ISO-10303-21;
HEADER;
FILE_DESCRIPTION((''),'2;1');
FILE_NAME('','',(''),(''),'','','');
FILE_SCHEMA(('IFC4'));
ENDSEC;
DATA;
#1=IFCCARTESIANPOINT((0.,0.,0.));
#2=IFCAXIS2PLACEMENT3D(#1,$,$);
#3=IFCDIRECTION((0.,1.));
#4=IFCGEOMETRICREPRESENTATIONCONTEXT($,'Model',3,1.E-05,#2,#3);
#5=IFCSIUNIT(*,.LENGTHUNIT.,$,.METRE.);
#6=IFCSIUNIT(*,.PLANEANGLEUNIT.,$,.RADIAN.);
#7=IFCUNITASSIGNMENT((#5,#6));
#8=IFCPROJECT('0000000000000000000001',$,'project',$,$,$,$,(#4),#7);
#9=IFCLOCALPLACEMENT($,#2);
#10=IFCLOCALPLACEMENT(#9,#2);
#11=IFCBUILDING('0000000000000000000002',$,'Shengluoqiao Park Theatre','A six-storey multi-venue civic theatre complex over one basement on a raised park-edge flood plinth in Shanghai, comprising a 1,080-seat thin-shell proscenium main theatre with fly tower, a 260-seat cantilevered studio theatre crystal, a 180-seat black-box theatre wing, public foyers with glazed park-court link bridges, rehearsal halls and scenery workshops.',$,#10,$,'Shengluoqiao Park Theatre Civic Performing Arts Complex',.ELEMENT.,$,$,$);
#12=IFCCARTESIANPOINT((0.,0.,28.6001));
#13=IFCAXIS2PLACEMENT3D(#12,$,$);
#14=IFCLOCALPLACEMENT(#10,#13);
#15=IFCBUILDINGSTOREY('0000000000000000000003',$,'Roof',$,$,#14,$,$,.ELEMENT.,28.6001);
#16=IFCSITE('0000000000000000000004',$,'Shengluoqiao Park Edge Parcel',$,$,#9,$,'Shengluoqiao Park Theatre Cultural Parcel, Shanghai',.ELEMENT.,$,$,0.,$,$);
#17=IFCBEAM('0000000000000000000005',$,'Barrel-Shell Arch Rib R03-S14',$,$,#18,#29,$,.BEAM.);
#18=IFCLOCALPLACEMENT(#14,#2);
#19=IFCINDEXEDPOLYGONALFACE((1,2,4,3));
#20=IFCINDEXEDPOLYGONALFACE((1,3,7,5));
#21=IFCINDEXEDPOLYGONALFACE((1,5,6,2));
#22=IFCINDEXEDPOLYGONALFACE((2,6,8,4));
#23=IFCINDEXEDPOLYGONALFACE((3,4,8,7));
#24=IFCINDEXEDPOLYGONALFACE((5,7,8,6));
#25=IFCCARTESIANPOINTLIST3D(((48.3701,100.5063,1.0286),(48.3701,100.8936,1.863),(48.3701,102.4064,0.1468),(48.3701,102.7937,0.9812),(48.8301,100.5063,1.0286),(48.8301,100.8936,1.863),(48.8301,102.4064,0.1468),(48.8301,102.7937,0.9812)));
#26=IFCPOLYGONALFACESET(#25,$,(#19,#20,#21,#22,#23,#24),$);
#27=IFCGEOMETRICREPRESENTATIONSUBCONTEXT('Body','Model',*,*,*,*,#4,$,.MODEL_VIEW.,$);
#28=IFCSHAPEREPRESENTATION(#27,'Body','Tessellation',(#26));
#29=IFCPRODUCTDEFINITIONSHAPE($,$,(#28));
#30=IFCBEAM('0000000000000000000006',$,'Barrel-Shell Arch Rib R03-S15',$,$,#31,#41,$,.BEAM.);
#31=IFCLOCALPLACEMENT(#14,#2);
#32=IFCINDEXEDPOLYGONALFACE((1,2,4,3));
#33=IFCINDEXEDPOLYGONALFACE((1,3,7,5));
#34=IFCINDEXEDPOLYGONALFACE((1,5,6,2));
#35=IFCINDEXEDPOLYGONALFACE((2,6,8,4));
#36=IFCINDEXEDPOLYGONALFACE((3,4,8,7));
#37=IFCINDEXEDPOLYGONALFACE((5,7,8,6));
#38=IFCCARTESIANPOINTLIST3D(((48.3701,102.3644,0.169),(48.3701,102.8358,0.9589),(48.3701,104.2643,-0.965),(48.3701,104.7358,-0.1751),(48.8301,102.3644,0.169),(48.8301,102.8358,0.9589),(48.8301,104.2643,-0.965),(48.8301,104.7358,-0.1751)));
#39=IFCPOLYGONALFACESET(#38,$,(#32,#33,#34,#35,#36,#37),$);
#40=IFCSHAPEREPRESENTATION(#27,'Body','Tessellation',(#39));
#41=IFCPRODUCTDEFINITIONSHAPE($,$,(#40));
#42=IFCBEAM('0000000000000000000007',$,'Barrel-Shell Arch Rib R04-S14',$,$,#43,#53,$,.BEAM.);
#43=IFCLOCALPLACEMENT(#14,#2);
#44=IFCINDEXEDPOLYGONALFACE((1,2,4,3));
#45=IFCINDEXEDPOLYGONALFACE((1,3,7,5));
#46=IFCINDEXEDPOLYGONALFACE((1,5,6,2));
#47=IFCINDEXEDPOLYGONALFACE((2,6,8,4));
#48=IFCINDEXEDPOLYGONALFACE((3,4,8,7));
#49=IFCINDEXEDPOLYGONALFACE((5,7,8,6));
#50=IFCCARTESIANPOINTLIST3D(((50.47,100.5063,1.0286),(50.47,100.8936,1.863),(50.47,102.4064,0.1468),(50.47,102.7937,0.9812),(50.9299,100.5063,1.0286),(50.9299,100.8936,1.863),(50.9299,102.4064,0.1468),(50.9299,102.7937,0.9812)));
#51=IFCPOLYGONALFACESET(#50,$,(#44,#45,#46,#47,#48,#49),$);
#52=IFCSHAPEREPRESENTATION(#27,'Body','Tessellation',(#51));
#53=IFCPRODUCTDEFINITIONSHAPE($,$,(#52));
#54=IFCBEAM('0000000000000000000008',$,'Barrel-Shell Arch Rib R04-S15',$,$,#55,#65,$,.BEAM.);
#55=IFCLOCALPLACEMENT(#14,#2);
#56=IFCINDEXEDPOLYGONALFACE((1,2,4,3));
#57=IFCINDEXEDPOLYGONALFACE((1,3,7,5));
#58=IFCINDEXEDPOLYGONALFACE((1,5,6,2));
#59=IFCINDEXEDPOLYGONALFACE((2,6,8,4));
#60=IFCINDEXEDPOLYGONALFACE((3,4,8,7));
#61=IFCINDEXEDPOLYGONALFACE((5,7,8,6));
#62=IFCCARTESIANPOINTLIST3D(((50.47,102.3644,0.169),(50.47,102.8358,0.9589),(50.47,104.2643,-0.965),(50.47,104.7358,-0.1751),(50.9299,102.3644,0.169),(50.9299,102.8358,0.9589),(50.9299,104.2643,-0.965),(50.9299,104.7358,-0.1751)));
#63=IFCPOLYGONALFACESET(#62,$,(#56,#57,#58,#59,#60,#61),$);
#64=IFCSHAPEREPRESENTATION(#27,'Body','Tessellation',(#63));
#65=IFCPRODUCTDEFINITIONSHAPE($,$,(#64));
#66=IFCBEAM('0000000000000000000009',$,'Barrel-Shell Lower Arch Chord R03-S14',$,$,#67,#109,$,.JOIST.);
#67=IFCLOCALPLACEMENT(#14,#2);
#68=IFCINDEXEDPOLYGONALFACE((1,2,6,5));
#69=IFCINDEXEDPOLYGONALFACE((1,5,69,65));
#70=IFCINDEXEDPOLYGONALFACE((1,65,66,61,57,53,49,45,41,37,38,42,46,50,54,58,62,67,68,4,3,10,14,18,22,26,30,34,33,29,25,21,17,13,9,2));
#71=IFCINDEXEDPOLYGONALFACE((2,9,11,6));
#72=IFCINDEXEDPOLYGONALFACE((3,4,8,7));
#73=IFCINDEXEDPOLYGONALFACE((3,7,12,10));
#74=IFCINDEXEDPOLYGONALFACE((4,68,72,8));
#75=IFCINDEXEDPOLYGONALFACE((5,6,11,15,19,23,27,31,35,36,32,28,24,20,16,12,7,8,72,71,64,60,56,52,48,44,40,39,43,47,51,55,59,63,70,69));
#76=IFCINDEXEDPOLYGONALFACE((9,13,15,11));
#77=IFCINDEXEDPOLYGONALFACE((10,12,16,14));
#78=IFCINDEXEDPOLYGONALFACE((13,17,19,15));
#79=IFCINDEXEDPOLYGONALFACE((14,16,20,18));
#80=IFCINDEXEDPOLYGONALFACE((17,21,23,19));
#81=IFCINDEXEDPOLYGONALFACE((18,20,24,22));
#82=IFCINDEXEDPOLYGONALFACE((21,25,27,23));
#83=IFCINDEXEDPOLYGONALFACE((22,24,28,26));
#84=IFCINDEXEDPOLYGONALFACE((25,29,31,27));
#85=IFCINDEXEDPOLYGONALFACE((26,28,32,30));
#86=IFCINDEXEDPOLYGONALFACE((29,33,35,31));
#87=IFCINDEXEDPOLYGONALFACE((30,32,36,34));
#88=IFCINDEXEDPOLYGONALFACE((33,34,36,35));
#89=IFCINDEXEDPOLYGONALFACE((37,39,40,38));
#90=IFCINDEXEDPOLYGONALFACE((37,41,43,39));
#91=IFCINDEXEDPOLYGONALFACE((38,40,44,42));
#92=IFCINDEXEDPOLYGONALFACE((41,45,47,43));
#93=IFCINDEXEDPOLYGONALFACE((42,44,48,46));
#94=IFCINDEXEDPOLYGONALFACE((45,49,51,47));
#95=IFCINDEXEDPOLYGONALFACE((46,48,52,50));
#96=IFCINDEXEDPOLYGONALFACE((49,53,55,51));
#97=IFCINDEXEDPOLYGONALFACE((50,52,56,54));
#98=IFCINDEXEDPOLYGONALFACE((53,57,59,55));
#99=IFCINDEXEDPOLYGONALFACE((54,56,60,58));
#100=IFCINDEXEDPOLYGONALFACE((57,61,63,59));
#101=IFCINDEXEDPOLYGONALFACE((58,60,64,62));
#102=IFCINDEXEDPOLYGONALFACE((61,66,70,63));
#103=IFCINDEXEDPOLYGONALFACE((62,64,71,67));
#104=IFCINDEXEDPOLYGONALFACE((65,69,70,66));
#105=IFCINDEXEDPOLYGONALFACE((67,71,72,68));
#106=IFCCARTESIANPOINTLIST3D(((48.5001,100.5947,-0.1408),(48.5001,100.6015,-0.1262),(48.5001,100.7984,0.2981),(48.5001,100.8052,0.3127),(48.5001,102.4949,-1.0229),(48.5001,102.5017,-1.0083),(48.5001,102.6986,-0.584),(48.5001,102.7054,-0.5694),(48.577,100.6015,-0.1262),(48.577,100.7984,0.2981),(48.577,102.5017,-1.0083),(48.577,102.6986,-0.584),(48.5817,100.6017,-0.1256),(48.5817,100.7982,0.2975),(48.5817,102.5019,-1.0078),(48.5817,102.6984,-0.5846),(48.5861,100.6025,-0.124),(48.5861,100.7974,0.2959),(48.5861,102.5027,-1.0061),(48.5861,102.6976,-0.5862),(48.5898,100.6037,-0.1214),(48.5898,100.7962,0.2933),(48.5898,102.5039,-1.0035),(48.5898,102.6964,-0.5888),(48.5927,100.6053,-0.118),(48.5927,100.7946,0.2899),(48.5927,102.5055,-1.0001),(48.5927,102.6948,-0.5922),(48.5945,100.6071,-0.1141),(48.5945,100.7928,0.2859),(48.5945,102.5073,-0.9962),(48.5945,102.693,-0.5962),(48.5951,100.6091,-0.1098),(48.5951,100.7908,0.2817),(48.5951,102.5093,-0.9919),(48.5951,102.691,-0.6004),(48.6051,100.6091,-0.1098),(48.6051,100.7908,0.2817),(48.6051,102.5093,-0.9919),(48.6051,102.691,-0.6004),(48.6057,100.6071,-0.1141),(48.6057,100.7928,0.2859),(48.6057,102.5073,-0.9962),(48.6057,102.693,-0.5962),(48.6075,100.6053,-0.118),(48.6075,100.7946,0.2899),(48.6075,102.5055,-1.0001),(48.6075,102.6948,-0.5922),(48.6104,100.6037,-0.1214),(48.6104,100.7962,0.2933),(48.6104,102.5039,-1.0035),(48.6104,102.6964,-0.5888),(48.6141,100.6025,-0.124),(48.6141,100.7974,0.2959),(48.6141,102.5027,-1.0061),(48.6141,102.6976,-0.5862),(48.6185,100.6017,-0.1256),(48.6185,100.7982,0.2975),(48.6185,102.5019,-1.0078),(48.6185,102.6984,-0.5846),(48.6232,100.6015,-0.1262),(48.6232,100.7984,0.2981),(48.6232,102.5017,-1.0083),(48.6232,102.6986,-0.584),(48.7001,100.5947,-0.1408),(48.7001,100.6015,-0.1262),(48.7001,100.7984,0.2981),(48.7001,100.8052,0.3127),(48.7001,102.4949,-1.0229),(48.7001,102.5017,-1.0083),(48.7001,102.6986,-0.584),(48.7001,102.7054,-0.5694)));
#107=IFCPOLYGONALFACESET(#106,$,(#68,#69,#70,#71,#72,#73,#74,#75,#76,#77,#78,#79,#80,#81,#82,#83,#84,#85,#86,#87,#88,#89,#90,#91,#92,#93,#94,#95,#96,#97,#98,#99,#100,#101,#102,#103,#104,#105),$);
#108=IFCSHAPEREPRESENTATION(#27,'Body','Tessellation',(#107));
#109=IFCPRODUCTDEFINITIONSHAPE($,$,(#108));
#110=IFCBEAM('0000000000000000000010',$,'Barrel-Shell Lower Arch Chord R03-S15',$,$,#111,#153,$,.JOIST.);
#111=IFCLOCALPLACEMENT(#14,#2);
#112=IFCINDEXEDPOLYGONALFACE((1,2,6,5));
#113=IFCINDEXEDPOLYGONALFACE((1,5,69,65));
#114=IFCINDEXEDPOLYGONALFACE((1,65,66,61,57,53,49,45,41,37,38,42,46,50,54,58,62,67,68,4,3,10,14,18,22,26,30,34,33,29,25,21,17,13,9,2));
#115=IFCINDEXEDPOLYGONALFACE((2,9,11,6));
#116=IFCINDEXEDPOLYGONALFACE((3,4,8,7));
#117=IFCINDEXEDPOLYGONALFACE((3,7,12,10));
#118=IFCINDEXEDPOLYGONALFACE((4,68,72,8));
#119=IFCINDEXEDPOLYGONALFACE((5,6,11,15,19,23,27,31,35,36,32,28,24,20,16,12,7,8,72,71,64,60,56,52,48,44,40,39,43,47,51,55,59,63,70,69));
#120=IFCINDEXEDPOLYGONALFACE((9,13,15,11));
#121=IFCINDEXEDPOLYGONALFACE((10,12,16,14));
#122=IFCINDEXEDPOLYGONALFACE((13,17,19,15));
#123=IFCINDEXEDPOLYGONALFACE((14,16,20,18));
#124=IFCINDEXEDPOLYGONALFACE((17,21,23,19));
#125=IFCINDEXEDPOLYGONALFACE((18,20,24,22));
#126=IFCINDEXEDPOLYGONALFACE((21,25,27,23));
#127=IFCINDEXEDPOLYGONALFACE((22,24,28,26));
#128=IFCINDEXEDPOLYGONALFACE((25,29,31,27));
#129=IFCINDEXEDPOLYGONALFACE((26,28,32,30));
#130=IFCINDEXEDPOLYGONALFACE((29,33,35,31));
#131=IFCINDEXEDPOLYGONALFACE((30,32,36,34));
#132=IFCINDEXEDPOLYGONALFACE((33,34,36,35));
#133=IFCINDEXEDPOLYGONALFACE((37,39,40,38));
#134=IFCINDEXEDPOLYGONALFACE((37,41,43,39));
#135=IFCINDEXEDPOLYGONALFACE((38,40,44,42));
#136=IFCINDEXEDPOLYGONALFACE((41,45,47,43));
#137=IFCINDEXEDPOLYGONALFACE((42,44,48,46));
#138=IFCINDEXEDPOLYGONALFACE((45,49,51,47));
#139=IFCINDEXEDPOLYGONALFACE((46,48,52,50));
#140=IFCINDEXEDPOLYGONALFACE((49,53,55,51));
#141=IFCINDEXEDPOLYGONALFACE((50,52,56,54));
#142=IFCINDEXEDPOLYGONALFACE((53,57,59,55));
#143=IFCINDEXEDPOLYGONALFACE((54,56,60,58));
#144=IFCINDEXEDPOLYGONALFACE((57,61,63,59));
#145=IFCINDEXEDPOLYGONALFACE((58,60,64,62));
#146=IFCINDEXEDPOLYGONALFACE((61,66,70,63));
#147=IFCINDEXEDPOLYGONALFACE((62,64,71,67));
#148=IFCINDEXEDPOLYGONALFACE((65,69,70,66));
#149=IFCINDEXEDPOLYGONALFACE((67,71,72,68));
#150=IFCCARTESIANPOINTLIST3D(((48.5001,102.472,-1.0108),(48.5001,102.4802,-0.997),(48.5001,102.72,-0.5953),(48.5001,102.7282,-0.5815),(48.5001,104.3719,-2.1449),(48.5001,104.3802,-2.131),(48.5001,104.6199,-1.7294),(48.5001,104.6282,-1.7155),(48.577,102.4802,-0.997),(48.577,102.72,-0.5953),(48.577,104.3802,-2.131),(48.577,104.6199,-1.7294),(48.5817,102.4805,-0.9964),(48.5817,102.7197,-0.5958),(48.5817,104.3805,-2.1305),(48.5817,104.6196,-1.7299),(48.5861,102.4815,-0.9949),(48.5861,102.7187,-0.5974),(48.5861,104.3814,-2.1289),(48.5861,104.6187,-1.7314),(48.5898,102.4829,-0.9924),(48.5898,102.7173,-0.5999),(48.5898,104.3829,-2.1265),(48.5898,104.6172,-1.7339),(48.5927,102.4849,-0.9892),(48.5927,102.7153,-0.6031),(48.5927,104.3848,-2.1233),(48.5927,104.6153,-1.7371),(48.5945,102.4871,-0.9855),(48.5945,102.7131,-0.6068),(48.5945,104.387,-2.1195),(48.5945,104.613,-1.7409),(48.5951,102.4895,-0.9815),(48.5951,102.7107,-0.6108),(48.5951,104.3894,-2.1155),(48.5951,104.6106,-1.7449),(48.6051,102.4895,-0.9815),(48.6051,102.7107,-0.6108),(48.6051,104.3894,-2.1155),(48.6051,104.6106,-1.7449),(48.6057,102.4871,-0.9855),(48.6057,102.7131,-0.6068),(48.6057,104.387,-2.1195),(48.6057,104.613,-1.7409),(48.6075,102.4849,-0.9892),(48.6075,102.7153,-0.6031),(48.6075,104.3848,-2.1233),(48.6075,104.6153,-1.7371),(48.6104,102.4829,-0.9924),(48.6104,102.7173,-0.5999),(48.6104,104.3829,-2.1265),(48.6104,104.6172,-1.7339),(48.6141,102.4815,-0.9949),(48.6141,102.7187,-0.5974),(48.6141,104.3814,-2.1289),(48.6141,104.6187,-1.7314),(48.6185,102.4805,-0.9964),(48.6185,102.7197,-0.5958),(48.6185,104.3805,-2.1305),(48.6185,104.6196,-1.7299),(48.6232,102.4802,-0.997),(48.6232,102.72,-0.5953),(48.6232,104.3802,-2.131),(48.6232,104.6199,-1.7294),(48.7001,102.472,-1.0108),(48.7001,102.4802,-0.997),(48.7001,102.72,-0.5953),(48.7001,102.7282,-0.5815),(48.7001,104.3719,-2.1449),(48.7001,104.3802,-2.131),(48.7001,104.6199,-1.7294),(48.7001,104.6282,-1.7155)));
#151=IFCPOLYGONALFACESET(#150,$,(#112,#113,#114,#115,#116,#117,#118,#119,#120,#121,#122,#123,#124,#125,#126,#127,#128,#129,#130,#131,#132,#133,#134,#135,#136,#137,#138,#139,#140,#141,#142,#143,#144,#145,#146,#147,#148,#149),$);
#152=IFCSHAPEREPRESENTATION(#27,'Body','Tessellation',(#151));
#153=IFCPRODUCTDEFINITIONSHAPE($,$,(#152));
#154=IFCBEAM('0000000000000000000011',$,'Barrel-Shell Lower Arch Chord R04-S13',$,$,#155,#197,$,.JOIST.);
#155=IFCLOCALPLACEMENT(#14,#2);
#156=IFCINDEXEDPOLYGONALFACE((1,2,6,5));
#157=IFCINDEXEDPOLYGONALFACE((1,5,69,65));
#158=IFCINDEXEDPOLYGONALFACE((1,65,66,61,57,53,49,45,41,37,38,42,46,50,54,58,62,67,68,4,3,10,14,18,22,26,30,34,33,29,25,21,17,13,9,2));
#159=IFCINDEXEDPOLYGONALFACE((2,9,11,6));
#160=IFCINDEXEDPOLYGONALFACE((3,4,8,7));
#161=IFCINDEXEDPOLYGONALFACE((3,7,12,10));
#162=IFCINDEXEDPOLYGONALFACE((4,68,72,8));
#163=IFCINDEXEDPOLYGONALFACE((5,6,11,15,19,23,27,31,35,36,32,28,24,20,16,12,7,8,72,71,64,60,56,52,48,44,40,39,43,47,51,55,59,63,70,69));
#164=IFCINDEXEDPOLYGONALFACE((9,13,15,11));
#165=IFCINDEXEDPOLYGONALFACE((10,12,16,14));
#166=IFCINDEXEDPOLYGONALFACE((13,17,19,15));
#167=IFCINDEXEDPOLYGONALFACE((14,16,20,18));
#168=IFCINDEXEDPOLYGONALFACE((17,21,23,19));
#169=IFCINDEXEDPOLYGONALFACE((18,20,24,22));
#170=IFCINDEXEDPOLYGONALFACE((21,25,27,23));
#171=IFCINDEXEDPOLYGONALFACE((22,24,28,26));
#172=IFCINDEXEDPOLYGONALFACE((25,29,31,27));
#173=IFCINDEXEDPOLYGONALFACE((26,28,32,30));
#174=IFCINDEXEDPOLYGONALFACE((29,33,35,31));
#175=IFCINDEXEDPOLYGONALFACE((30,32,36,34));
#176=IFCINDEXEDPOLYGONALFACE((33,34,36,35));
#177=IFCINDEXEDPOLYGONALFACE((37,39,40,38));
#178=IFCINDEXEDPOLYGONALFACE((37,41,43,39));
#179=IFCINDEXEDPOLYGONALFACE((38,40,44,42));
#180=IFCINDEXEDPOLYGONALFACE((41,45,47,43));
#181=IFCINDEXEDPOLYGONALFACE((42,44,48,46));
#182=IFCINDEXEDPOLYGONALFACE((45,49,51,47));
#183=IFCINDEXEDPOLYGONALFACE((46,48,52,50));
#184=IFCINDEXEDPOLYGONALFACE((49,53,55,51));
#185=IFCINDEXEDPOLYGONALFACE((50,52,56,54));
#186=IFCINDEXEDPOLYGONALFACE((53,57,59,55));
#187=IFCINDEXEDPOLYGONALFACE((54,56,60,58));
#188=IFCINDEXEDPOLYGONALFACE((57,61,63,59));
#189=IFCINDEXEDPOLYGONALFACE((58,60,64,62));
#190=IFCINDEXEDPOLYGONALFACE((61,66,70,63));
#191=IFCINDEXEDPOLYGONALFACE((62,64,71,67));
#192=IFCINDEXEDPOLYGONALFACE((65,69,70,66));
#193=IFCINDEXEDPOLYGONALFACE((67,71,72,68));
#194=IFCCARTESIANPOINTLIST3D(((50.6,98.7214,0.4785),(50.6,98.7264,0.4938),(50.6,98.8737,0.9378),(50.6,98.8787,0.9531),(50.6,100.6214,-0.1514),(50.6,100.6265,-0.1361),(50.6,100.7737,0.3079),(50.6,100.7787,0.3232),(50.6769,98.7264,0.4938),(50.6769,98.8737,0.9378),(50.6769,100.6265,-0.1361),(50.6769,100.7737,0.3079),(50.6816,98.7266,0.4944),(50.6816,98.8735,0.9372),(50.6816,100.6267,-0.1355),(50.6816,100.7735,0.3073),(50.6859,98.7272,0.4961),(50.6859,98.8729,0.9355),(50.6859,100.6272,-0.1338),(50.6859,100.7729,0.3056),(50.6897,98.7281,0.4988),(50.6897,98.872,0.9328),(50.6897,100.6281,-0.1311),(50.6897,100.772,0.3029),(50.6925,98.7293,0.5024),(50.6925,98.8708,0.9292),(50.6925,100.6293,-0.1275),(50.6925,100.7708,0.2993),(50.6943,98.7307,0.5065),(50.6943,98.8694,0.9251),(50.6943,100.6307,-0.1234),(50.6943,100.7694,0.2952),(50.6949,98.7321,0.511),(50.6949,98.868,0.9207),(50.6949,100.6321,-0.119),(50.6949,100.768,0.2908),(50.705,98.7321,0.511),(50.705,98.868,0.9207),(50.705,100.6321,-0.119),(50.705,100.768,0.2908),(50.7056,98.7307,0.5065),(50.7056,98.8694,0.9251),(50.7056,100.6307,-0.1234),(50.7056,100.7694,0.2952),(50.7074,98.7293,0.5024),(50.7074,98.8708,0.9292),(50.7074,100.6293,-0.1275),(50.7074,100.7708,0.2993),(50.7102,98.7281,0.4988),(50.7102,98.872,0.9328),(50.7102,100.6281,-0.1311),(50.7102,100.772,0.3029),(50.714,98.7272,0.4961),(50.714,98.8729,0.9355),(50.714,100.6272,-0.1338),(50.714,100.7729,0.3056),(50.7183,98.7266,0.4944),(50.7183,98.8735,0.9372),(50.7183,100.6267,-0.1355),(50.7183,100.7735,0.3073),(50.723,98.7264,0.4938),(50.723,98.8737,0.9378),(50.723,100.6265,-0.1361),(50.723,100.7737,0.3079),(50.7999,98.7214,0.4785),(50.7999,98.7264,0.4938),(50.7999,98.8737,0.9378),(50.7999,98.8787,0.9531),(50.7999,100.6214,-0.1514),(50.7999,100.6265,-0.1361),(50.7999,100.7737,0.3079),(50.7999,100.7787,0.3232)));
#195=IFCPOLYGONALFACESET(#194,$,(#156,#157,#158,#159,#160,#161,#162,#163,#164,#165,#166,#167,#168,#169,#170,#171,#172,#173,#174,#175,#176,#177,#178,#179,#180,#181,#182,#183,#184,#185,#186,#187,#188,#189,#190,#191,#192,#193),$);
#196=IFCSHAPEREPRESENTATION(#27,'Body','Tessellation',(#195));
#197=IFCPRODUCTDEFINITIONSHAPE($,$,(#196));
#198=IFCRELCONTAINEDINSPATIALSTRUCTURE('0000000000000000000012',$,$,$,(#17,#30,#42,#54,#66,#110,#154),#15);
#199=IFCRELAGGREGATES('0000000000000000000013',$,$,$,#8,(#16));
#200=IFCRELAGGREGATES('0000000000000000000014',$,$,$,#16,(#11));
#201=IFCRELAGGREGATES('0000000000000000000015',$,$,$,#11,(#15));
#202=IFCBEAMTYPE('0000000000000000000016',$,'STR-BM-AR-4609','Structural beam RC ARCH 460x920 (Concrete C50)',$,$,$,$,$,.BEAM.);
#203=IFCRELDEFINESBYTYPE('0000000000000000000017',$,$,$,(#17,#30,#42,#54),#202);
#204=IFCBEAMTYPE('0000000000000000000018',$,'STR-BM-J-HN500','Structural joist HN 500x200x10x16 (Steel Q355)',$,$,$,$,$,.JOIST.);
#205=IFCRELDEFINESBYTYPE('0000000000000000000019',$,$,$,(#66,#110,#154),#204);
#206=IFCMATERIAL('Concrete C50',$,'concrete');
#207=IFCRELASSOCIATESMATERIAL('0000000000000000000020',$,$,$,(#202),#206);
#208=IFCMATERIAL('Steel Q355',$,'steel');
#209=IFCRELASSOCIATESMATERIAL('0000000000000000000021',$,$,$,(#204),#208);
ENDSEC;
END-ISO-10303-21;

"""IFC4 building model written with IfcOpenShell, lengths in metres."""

from ifc_helpers import new_model, si_unit, direction, frame, origin, origin_2d, place, context, subcontext, project, spatial, rectangle, i_section, extrude, material, material_profile, profile_set, type_object, element, save


model = new_model("IFC4")

# Units and contexts
model_context = context("Model", 3, precision=1e-05, world=origin(), true_north=direction((0.0, 1.0)))
body_context = subcontext(model_context, "Body", "Model", "MODEL_VIEW")
ifc_project = project(units=[si_unit("LENGTHUNIT", "METRE"), si_unit("PLANEANGLEUNIT", "RADIAN")], contexts=[model_context])

# Site, building, storey
site_placement = place(None, origin())
site = spatial("IfcSite", under=ifc_project, at=site_placement, Name="Shengluoqiao Park Edge Parcel", LongName="Shengluoqiao Park Theatre Cultural Parcel, Shanghai", CompositionType="ELEMENT", RefElevation=0.0)
building_placement = place(site_placement, origin())
building = spatial("IfcBuilding", under=site, at=building_placement, Name="Shengluoqiao Park Theatre", Description="A six-storey multi-venue civic theatre complex over one basement on a raised park-edge flood plinth in Shanghai, comprising a 1,080-seat thin-shell proscenium main theatre with fly tower, a 260-seat cantilevered studio theatre crystal, a 180-seat black-box theatre wing, public foyers with glazed park-court link bridges, rehearsal halls and scenery workshops.", LongName="Shengluoqiao Park Theatre Civic Performing Arts Complex", CompositionType="ELEMENT")
storey_placement = place(building_placement, frame((0.0, 0.0, 28.6001)))
storey = spatial("IfcBuildingStorey", under=building, at=storey_placement, Name="Roof", CompositionType="ELEMENT", Elevation=28.6001)

# Beams
ifc_material_1 = material(Name="Concrete C50", Category="concrete")
ifc_material_profile_1 = material_profile(ifc_material_1, rectangle(XDim=0.46, YDim=0.9199, at=origin_2d()), Name="RC ARCH 460x920")
ifc_profile_set_1 = profile_set([ifc_material_profile_1], Name="Concrete C50")
beam_type_1 = type_object("IfcBeamType", Name="STR-BM-AR-4609", Description="Structural beam RC ARCH 460x920 (Concrete C50)", PredefinedType="BEAM", material=ifc_profile_set_1)
beam_1_placement = place(storey_placement, frame((48.6001, 100.7, 1.4458), z_axis=(0.0, 0.907077, -0.420964), x_axis=(-1.0, 0.0, 0.0)))
element("IfcBeam", 1, at=beam_1_placement, inside=storey, type_object=beam_type_1, Name="Barrel-Shell Arch Rib R03-S14", PredefinedType="BEAM", context=body_context, shape_type="SweptSolid", body=[
    extrude(rectangle(XDim=0.46, YDim=0.9199, at=origin_2d()), origin(), (0.0, 0.0, 1.0), 2.0947),
])
beam_2_placement = place(storey_placement, frame((48.6001, 102.6001, 0.564), z_axis=(0.0, 0.858669, -0.512531), x_axis=(-1.0, 0.0, 0.0)))
element("IfcBeam", 2, at=beam_2_placement, inside=storey, type_object=beam_type_1, Name="Barrel-Shell Arch Rib R03-S15", PredefinedType="BEAM", context=body_context, shape_type="SweptSolid", body=[
    extrude(rectangle(XDim=0.46, YDim=0.9199, at=origin_2d()), origin(), (0.0, 0.0, 1.0), 2.2126),
])
beam_3_placement = place(storey_placement, frame((50.7, 100.7, 1.4458), z_axis=(0.0, 0.907077, -0.420964), x_axis=(-1.0, 0.0, 0.0)))
element("IfcBeam", 3, at=beam_3_placement, inside=storey, type_object=beam_type_1, Name="Barrel-Shell Arch Rib R04-S14", PredefinedType="BEAM", context=body_context, shape_type="SweptSolid", body=[
    extrude(rectangle(XDim=0.46, YDim=0.9199, at=origin_2d()), origin(), (0.0, 0.0, 1.0), 2.0947),
])
beam_4_placement = place(storey_placement, frame((50.7, 102.6001, 0.564), z_axis=(0.0, 0.858669, -0.512531), x_axis=(-1.0, 0.0, 0.0)))
element("IfcBeam", 4, at=beam_4_placement, inside=storey, type_object=beam_type_1, Name="Barrel-Shell Arch Rib R04-S15", PredefinedType="BEAM", context=body_context, shape_type="SweptSolid", body=[
    extrude(rectangle(XDim=0.46, YDim=0.9199, at=origin_2d()), origin(), (0.0, 0.0, 1.0), 2.2126),
])
ifc_material_2 = material(Name="Steel Q355", Category="steel")
ifc_material_profile_2 = material_profile(ifc_material_2, i_section(OverallWidth=0.2, OverallDepth=0.5, WebThickness=0.01, FlangeThickness=0.0161, FilletRadius=0.0181, at=origin_2d()), Name="HN 500x200x10x16")
ifc_profile_set_2 = profile_set([ifc_material_profile_2], Name="Steel Q355")
beam_type_2 = type_object("IfcBeamType", Name="STR-BM-J-HN500", Description="Structural joist HN 500x200x10x16 (Steel Q355)", PredefinedType="JOIST", material=ifc_profile_set_2)
beam_5_placement = place(storey_placement, frame((48.6001, 100.7, 0.0859), z_axis=(0.0, 0.907033, -0.42106), x_axis=(-1.0, 0.0, 0.0)))
element("IfcBeam", 5, at=beam_5_placement, inside=storey, type_object=beam_type_2, Name="Barrel-Shell Lower Arch Chord R03-S14", PredefinedType="JOIST", context=body_context, shape_type="SweptSolid", body=[
    extrude(i_section(OverallWidth=0.2, OverallDepth=0.5, WebThickness=0.01, FlangeThickness=0.0161, FilletRadius=0.0181, at=origin_2d()), origin(), (0.0, 0.0, 1.0), 2.095),
])
beam_6_placement = place(storey_placement, frame((48.6001, 102.6001, -0.7961), z_axis=(0.0, 0.858669, -0.512531), x_axis=(-1.0, 0.0, 0.0)))
element("IfcBeam", 6, at=beam_6_placement, inside=storey, type_object=beam_type_2, Name="Barrel-Shell Lower Arch Chord R03-S15", PredefinedType="JOIST", context=body_context, shape_type="SweptSolid", body=[
    extrude(i_section(OverallWidth=0.2, OverallDepth=0.5, WebThickness=0.01, FlangeThickness=0.0161, FilletRadius=0.0181, at=origin_2d()), origin(), (0.0, 0.0, 1.0), 2.2126),
])
beam_7_placement = place(storey_placement, frame((50.7, 98.8, 0.7158), z_axis=(0.0, 0.949194, -0.31469), x_axis=(-1.0, 0.0, 0.0)))
element("IfcBeam", 7, at=beam_7_placement, inside=storey, type_object=beam_type_2, Name="Barrel-Shell Lower Arch Chord R04-S13", PredefinedType="JOIST", context=body_context, shape_type="SweptSolid", body=[
    extrude(i_section(OverallWidth=0.2, OverallDepth=0.5, WebThickness=0.01, FlangeThickness=0.0161, FilletRadius=0.0181, at=origin_2d()), origin(), (0.0, 0.0, 1.0), 2.0017),
])

save(model, "model.ifc")
